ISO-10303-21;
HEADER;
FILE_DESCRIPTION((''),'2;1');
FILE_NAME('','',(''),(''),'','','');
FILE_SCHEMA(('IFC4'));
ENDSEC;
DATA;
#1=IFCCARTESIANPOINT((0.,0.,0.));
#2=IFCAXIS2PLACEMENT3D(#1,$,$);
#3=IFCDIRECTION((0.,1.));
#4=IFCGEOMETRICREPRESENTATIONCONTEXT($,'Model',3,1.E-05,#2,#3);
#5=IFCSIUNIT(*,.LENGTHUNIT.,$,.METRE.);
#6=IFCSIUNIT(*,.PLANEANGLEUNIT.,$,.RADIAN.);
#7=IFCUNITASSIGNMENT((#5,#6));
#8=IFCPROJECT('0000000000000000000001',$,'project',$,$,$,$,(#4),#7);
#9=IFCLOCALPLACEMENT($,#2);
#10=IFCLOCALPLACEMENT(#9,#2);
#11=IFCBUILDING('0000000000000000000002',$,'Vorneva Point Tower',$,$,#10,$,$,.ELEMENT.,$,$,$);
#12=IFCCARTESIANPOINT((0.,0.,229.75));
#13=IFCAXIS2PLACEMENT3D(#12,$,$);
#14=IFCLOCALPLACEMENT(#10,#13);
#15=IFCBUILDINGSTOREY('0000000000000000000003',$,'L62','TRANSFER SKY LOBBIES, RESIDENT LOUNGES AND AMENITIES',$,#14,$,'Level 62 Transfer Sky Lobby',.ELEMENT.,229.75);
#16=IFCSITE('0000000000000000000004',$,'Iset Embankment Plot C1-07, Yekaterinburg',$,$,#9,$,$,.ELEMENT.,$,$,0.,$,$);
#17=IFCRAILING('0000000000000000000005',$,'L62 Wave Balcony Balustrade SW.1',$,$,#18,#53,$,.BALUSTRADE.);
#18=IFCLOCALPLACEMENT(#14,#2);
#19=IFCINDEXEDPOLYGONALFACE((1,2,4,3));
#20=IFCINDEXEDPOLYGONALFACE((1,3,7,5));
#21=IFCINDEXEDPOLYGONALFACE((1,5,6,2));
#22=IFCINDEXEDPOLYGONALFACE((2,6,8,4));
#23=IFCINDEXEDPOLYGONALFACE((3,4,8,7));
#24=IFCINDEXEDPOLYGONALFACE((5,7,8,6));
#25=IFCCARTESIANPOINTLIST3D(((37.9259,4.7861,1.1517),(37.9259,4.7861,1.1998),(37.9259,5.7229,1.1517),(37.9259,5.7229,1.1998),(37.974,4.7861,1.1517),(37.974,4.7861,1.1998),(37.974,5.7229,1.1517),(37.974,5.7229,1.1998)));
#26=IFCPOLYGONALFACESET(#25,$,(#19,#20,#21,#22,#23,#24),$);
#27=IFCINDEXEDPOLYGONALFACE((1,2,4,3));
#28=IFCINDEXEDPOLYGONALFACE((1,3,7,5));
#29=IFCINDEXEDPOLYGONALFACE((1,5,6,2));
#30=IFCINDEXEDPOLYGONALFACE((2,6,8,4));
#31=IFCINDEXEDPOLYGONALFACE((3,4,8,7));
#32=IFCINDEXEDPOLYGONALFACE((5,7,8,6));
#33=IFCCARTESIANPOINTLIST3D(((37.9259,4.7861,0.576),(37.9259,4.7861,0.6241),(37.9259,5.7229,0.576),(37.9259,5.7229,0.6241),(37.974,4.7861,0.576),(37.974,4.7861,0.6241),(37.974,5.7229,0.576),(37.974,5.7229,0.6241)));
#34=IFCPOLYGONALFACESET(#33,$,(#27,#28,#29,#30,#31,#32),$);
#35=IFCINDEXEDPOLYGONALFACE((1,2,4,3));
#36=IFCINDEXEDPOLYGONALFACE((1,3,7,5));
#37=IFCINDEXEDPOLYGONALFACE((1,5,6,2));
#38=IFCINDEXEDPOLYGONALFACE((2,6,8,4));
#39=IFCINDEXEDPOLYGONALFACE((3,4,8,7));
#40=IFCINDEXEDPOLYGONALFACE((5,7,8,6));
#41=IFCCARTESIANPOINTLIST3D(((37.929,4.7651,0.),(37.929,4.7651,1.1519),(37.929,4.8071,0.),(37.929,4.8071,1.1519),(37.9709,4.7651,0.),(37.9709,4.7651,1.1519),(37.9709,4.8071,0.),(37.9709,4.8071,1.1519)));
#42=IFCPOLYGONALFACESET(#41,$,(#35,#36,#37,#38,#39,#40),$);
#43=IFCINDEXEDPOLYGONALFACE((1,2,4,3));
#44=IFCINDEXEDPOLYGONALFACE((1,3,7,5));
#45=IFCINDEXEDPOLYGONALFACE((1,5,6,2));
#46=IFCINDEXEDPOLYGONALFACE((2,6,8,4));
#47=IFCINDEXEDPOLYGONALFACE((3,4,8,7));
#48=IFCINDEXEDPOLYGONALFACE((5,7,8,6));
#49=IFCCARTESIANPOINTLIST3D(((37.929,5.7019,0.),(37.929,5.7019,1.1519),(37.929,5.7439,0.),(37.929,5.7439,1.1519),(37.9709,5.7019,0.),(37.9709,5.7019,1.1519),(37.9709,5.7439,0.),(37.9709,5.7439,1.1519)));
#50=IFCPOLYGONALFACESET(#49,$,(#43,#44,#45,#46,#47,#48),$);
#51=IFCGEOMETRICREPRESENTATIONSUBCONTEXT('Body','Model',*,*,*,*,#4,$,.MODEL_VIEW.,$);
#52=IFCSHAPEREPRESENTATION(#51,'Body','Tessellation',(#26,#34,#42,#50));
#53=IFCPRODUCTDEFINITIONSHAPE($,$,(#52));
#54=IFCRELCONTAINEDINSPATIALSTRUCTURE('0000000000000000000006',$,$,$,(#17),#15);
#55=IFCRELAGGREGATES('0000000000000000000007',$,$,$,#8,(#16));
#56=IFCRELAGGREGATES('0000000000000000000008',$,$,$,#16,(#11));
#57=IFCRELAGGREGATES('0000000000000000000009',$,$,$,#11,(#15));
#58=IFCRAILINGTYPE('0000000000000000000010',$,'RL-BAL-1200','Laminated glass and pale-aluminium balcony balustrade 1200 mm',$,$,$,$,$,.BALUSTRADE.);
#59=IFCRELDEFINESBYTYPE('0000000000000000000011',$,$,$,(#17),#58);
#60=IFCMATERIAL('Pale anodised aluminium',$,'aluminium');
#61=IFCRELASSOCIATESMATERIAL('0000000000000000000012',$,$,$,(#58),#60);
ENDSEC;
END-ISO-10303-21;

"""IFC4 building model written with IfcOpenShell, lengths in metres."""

from ifc_helpers import new_model, si_unit, direction, frame, origin, origin_2d, place, context, subcontext, project, spatial, rectangle, extrude, material, type_object, element, save


model = new_model("IFC4")

# Units and contexts
model_context = context("Model", 3, precision=1e-05, world=origin(), true_north=direction((0.0, 1.0)))
body_context = subcontext(model_context, "Body", "Model", "MODEL_VIEW")
ifc_project = project(units=[si_unit("LENGTHUNIT", "METRE"), si_unit("PLANEANGLEUNIT", "RADIAN")], contexts=[model_context])

# Site, building, storey
site_placement = place(None, origin())
site = spatial("IfcSite", under=ifc_project, at=site_placement, Name="Iset Embankment Plot C1-07, Yekaterinburg", CompositionType="ELEMENT", RefElevation=0.0)
building_placement = place(site_placement, origin())
building = spatial("IfcBuilding", under=site, at=building_placement, Name="Vorneva Point Tower", CompositionType="ELEMENT")
storey_placement = place(building_placement, frame((0.0, 0.0, 229.75)))
storey = spatial("IfcBuildingStorey", under=building, at=storey_placement, Name="L62", Description="TRANSFER SKY LOBBIES, RESIDENT LOUNGES AND AMENITIES", LongName="Level 62 Transfer Sky Lobby", CompositionType="ELEMENT", Elevation=229.75)

# Shared definitions
ifc_material_1 = material(Name="Pale anodised aluminium", Category="aluminium")

# Railing
railing_type = type_object("IfcRailingType", Name="RL-BAL-1200", Description="Laminated glass and pale-aluminium balcony balustrade 1200 mm", PredefinedType="BALUSTRADE", material=ifc_material_1)
railing_placement = place(storey_placement, frame((37.95, 4.7861, 0.0)))
element("IfcRailing", 1, at=railing_placement, inside=storey, type_object=railing_type, Name="L62 Wave Balcony Balustrade SW.1", PredefinedType="BALUSTRADE", context=body_context, shape_type="SweptSolid", body=[
    extrude(rectangle(XDim=0.0481, YDim=0.0481, at=origin_2d()), frame((0.0, 0.0, 1.1758), z_axis=(0.0, 1.0, 0.0), x_axis=(-1.0, 0.0, 0.0)), (0.0, 0.0, 1.0), 0.9368),
    extrude(rectangle(XDim=0.0481, YDim=0.0481, at=origin_2d()), frame((0.0, 0.0, 0.6001), z_axis=(0.0, 1.0, 0.0), x_axis=(-1.0, 0.0, 0.0)), (0.0, 0.0, 1.0), 0.9368),
    extrude(rectangle(XDim=0.042, YDim=0.042, at=origin_2d()), origin(), (0.0, 0.0, 1.0), 1.1519),
    extrude(rectangle(XDim=0.042, YDim=0.042, at=origin_2d()), frame((0.0, 0.9368, 0.0)), (0.0, 0.0, 1.0), 1.1519),
])

save(model, "model.ifc")
